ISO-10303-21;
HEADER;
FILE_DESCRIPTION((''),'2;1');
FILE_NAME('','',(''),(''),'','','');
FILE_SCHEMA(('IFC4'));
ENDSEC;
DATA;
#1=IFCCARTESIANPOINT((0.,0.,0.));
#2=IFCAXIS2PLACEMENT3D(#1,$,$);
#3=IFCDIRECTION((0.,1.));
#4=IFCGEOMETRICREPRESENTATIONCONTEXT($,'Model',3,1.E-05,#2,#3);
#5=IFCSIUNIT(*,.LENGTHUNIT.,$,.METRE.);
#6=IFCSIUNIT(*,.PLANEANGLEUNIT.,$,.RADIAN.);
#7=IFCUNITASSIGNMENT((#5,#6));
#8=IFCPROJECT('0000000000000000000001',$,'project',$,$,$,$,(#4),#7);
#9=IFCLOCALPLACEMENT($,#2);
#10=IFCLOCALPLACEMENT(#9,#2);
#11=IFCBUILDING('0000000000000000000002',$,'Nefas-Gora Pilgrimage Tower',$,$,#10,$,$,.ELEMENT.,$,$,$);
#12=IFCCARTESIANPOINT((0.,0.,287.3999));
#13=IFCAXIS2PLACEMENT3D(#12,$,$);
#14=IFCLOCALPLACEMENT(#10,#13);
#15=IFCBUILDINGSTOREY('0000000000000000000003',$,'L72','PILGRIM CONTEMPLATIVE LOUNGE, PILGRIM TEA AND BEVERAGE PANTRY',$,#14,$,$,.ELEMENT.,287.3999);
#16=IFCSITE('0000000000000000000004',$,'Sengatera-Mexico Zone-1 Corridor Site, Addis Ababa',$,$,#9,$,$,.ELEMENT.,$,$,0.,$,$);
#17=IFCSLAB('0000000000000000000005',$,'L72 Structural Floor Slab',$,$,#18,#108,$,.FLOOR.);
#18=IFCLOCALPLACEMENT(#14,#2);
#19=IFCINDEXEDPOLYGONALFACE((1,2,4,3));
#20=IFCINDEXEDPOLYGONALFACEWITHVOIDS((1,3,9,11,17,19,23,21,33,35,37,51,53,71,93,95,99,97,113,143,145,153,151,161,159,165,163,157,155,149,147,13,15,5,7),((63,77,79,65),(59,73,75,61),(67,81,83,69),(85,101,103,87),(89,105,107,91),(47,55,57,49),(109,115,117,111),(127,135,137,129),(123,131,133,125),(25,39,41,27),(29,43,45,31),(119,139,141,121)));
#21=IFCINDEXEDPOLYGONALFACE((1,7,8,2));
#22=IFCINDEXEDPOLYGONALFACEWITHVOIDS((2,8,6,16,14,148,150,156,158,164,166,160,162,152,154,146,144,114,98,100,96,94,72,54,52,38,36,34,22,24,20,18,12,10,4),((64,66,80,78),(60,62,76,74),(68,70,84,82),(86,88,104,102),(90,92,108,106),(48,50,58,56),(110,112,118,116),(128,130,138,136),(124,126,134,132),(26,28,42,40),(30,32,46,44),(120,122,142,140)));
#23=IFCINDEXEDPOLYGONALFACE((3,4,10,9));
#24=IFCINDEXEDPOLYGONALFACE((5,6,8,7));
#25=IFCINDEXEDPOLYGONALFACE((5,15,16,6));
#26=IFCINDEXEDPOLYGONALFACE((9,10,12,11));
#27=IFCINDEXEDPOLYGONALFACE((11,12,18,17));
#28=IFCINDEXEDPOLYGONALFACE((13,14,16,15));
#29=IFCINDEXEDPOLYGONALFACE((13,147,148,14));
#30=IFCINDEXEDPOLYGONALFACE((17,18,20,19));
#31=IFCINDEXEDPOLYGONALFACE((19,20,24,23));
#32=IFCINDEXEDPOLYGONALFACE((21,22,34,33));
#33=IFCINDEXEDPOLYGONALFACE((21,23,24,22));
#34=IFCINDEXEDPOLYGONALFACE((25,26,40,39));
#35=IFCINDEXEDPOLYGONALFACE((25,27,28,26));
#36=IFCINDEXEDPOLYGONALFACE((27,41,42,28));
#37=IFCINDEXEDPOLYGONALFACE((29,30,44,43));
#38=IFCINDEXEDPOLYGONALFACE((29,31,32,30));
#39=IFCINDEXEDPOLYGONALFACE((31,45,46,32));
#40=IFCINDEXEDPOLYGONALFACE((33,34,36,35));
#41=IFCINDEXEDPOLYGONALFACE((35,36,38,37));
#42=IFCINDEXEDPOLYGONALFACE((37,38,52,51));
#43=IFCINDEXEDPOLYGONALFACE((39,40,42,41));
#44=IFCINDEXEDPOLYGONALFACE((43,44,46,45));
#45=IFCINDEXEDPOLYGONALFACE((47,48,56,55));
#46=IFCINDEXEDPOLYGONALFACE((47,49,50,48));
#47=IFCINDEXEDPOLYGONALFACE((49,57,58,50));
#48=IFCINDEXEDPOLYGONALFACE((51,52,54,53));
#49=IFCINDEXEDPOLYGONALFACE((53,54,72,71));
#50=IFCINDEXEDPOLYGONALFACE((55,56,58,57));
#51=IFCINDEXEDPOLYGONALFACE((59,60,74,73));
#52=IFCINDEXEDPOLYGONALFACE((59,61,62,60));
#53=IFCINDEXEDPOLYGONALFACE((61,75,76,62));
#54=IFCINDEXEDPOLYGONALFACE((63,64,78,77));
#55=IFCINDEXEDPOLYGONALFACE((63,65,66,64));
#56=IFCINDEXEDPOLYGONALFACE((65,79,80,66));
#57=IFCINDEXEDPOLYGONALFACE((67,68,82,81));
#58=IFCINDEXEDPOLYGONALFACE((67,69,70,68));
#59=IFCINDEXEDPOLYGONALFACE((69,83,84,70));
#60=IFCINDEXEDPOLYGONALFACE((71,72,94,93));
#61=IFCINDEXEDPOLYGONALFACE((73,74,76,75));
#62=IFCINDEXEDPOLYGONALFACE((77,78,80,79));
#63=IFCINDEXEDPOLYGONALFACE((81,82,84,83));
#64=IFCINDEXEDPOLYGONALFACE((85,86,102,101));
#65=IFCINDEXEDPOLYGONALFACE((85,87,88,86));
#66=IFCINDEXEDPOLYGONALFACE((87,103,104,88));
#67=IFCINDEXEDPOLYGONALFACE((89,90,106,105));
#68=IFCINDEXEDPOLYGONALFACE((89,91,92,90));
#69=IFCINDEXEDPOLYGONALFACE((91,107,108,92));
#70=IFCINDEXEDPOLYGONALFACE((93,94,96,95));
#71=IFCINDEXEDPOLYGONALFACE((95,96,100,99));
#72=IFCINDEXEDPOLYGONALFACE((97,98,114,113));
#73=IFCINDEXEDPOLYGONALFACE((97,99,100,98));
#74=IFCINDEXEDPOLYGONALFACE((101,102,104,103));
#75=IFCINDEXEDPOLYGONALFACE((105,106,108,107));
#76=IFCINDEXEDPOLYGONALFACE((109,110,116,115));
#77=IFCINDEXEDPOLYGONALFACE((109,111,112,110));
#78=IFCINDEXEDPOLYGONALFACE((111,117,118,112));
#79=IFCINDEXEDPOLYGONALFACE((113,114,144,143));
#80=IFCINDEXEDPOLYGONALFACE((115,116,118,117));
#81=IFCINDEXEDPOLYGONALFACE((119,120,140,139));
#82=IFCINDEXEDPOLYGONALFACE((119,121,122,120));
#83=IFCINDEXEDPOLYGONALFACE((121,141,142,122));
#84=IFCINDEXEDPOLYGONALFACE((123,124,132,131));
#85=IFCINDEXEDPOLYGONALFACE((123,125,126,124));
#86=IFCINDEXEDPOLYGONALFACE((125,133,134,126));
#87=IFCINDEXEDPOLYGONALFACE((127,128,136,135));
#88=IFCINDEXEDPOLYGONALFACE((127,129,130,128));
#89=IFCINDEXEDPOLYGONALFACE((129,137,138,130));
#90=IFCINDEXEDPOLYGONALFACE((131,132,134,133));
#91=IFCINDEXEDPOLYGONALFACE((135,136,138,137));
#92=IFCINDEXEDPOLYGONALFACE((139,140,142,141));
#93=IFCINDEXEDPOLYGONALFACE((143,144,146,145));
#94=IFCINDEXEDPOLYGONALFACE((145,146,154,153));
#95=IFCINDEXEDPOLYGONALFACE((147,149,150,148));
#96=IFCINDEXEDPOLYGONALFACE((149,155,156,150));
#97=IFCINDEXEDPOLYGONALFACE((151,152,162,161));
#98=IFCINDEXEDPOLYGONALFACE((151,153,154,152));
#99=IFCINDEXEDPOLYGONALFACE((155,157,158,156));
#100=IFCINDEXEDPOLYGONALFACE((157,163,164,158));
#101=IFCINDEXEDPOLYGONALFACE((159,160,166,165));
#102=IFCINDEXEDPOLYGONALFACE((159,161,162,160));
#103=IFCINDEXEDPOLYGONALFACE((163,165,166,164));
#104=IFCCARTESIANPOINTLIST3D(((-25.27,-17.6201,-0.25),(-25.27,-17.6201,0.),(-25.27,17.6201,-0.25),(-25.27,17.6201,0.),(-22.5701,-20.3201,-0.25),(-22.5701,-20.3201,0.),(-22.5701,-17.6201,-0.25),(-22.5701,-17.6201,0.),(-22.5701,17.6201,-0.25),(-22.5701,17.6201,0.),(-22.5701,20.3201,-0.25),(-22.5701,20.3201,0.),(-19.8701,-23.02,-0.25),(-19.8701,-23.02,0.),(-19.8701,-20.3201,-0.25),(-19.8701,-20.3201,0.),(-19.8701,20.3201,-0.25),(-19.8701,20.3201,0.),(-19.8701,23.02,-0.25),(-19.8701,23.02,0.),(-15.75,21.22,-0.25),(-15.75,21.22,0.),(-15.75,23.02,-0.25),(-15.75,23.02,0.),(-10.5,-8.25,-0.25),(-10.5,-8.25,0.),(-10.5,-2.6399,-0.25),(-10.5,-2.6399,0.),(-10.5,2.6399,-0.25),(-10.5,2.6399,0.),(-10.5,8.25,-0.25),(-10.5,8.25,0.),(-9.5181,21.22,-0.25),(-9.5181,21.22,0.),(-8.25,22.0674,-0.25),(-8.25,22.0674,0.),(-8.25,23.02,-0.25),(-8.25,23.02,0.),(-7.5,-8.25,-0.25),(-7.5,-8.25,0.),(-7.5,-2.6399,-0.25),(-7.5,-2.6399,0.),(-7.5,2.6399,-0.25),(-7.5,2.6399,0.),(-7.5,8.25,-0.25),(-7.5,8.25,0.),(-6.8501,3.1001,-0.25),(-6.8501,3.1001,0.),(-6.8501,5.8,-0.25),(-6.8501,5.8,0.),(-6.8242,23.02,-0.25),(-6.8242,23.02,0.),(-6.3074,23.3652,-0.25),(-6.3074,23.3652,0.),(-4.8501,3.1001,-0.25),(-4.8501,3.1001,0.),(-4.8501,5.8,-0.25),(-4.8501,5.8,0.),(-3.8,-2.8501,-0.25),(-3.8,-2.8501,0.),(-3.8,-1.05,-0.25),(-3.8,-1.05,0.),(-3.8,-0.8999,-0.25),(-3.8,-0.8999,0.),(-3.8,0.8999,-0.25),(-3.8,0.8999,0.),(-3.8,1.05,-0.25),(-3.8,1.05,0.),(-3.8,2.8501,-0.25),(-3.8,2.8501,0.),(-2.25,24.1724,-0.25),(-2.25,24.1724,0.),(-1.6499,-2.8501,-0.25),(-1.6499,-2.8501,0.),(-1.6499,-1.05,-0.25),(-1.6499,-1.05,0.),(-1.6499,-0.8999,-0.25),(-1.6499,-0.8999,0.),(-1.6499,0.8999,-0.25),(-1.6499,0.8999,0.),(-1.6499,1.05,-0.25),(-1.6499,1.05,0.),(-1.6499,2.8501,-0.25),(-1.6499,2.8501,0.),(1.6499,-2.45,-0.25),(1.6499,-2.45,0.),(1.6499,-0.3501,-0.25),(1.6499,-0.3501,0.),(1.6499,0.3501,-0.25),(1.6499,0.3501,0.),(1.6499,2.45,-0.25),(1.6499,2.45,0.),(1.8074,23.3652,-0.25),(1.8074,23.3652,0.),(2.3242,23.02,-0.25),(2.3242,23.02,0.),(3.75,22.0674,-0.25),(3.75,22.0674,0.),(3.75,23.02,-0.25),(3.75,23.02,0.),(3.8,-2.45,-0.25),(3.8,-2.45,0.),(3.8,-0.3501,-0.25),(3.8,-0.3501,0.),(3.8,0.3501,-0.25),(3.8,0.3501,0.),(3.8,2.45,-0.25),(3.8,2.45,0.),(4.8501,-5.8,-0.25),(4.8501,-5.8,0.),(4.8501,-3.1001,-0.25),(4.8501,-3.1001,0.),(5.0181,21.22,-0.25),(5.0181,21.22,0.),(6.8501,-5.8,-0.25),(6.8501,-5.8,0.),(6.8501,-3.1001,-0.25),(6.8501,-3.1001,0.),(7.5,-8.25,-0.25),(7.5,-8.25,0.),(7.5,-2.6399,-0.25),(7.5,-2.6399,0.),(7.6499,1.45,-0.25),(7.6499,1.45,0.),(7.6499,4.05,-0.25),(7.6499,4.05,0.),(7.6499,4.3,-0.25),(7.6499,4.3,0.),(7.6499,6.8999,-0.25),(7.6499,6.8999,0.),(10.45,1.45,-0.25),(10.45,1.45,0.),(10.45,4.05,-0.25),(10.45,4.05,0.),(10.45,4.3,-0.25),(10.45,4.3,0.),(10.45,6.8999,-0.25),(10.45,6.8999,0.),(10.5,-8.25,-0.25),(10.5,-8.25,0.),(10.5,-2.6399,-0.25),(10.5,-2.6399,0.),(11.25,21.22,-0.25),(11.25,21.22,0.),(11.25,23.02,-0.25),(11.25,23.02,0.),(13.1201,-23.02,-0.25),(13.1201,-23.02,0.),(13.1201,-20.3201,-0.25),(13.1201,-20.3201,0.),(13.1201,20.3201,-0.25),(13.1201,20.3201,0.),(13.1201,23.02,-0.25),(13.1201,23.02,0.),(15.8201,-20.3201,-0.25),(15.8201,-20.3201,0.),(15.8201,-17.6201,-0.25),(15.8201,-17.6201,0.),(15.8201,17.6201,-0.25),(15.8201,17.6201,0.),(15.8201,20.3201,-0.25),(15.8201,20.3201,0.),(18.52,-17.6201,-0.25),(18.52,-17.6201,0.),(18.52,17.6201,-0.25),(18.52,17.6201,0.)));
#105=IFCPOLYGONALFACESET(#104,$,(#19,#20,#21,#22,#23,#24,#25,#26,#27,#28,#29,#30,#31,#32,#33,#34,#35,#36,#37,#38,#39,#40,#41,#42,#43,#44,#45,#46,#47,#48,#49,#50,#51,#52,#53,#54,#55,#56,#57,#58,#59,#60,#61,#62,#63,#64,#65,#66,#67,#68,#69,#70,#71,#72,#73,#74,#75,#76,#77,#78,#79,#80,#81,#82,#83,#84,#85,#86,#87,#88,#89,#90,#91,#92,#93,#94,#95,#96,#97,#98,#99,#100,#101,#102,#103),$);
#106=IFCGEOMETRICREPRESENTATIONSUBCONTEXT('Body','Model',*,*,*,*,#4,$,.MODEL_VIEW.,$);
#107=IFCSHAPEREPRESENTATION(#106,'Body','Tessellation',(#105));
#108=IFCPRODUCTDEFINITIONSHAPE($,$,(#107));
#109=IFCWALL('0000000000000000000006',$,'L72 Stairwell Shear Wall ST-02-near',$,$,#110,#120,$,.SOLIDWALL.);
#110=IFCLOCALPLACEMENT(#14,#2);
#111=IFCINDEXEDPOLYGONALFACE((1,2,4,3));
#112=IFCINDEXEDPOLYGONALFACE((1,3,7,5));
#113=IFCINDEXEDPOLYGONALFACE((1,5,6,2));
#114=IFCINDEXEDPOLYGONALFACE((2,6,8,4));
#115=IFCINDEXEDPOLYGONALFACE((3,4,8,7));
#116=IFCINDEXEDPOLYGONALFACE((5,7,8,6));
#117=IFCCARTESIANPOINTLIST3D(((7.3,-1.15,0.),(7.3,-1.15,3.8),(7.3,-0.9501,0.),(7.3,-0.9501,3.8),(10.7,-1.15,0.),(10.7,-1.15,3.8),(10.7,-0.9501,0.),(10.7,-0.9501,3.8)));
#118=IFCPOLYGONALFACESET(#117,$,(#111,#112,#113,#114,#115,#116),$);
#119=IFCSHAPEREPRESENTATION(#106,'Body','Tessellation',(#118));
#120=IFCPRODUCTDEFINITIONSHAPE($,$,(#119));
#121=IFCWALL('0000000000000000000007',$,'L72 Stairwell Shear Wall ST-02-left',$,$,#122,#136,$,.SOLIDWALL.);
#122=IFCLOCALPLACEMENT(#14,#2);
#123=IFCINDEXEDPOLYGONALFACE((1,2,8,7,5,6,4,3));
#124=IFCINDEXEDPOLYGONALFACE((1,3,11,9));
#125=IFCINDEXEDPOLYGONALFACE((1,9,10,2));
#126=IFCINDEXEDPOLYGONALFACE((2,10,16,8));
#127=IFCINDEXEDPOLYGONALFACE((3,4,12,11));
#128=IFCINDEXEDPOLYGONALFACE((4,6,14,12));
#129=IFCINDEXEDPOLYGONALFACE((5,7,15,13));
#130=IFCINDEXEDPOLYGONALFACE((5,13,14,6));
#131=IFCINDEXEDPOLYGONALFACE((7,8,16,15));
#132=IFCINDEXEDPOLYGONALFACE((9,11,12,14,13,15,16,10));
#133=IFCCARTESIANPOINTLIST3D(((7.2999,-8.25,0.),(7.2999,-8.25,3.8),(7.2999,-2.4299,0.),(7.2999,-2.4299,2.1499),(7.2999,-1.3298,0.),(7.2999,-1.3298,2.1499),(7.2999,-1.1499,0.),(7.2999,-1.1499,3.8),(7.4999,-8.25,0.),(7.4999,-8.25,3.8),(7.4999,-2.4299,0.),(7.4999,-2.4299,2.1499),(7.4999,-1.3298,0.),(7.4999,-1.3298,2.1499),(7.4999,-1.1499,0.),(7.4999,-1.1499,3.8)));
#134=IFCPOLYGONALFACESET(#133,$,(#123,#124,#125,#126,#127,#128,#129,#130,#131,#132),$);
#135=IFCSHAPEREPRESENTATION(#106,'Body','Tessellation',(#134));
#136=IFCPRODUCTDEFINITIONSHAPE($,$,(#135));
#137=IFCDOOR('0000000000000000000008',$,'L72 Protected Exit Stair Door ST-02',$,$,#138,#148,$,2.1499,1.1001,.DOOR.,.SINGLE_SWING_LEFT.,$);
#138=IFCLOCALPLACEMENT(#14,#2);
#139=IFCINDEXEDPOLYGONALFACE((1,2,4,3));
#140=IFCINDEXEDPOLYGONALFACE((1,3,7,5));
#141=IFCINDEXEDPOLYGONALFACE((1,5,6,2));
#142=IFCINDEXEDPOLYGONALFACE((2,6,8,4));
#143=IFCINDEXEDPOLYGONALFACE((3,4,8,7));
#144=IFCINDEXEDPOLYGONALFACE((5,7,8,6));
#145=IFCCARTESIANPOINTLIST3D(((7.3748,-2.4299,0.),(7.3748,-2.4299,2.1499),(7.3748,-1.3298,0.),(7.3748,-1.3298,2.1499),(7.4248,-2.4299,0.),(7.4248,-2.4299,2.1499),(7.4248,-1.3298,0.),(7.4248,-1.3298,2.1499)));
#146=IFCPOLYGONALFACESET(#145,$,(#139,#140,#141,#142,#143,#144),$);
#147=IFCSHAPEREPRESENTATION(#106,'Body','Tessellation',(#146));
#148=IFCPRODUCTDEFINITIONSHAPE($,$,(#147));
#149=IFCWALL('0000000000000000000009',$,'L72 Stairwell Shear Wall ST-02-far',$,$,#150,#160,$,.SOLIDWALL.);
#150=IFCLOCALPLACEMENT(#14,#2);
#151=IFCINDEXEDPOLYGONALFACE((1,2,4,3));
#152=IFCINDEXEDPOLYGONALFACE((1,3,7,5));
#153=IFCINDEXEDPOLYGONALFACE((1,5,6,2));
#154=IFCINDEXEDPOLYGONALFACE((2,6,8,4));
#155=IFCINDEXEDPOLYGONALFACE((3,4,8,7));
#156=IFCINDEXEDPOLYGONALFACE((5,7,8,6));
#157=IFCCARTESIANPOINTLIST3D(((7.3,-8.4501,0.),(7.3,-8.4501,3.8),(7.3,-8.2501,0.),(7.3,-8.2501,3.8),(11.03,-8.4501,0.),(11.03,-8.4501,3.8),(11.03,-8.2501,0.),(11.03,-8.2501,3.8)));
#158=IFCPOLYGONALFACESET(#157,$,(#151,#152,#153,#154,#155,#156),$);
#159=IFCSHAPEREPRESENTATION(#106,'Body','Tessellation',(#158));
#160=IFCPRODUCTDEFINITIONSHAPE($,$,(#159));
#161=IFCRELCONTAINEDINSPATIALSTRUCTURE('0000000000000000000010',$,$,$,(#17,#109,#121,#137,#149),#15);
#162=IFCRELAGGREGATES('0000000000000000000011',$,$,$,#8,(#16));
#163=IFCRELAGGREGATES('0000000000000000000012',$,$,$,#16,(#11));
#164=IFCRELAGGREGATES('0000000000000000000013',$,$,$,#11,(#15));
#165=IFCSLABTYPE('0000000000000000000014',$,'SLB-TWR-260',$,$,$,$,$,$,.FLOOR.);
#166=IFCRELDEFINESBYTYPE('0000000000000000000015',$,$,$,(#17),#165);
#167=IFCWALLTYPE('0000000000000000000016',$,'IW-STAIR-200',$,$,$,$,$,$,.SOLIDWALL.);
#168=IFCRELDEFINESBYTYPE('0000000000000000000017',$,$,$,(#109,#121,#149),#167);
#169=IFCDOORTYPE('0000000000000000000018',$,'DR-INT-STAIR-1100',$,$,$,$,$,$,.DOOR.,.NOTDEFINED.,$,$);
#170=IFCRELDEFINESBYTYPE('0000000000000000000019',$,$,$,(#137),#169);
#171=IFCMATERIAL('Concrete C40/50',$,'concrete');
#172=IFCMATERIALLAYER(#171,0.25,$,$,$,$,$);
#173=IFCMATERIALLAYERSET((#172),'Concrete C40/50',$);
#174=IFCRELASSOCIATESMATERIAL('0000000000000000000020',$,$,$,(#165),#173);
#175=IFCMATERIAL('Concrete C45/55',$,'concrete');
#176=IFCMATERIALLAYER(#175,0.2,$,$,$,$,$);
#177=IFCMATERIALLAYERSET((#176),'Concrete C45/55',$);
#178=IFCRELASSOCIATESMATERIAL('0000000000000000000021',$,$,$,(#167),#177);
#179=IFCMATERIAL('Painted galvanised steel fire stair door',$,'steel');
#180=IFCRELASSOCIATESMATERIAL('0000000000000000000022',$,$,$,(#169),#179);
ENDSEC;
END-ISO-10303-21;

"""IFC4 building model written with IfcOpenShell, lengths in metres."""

from ifc_helpers import new_model, si_unit, direction, frame, frame_2d, origin, place, context, subcontext, project, spatial, polyline, rectangle, outline, extrude, source, transform, mapped, material, layer, layer_set, type_object, element, fill, save


model = new_model("IFC4")

# Units and contexts
model_context = context("Model", 3, precision=1e-05, world=origin(), true_north=direction((0.0, 1.0)))
body_context = subcontext(model_context, "Body", "Model", "MODEL_VIEW")
ifc_project = project(units=[si_unit("LENGTHUNIT", "METRE"), si_unit("PLANEANGLEUNIT", "RADIAN")], contexts=[model_context])

# Site, building, storey
site_placement = place(None, origin())
site = spatial("IfcSite", under=ifc_project, at=site_placement, Name="Sengatera-Mexico Zone-1 Corridor Site, Addis Ababa", CompositionType="ELEMENT", RefElevation=0.0)
building_placement = place(site_placement, origin())
building = spatial("IfcBuilding", under=site, at=building_placement, Name="Nefas-Gora Pilgrimage Tower", CompositionType="ELEMENT")
storey_placement = place(building_placement, frame((0.0, 0.0, 287.3999)))
storey = spatial("IfcBuildingStorey", under=building, at=storey_placement, Name="L72", Description="PILGRIM CONTEMPLATIVE LOUNGE, PILGRIM TEA AND BEVERAGE PANTRY", CompositionType="ELEMENT", Elevation=287.3999)

# Slab
ifc_material_1 = material(Name="Concrete C40/50", Category="concrete")
ifc_layer_1 = layer(ifc_material_1, 0.25)
ifc_layer_set_1 = layer_set([ifc_layer_1], Name="Concrete C40/50")
slab_type_1 = type_object("IfcSlabType", Name="SLB-TWR-260", PredefinedType="FLOOR", material=ifc_layer_set_1)
slab_1_placement = place(storey_placement, frame((0.0, 0.0, -0.25)))
element("IfcSlab", 1, at=slab_1_placement, inside=storey, type_object=slab_type_1, Name="L72 Structural Floor Slab", PredefinedType="FLOOR", context=body_context, shape_type="SweptSolid", body=[
    extrude(outline(polyline([(15.8201, -17.6201), (18.52, -17.6201), (18.52, 17.6201), (15.8201, 17.6201), (15.8201, 20.3201), (13.1201, 20.3201), (13.1201, 23.02), (11.25, 23.02), (11.25, 21.22), (5.0181, 21.22), (3.75, 22.0674), (3.75, 23.02), (2.3242, 23.02), (1.8074, 23.3652), (-2.25, 24.1724), (-6.3074, 23.3652), (-6.8242, 23.02), (-8.25, 23.02), (-8.25, 22.0674), (-9.5181, 21.22), (-15.75, 21.22), (-15.75, 23.02), (-19.8701, 23.02), (-19.8701, 20.3201), (-22.5701, 20.3201), (-22.5701, 17.6201), (-25.27, 17.6201), (-25.27, -17.6201), (-22.5701, -17.6201), (-22.5701, -20.3201), (-19.8701, -20.3201), (-19.8701, -23.02), (13.1201, -23.02), (13.1201, -20.3201), (15.8201, -20.3201), (15.8201, -17.6201)]), holes=[polyline([(-10.5, 2.6399), (-10.5, 8.25), (-7.5, 8.25), (-7.5, 2.6399), (-10.5, 2.6399)]), polyline([(10.5, -2.6399), (10.5, -8.25), (7.5, -8.25), (7.5, -2.6399), (10.5, -2.6399)]), polyline([(-7.5, -2.6399), (-7.5, -8.25), (-10.5, -8.25), (-10.5, -2.6399), (-7.5, -2.6399)]), polyline([(-6.8501, 5.8), (-4.8501, 5.8), (-4.8501, 3.1001), (-6.8501, 3.1001), (-6.8501, 5.8)]), polyline([(4.8501, -3.1001), (6.8501, -3.1001), (6.8501, -5.8), (4.8501, -5.8), (4.8501, -3.1001)]), polyline([(7.6499, 4.05), (10.45, 4.05), (10.45, 1.45), (7.6499, 1.45), (7.6499, 4.05)]), polyline([(7.6499, 6.8999), (10.45, 6.8999), (10.45, 4.3), (7.6499, 4.3), (7.6499, 6.8999)]), polyline([(-3.8, -1.05), (-1.6499, -1.05), (-1.6499, -2.8501), (-3.8, -2.8501), (-3.8, -1.05)]), polyline([(-3.8, 0.8999), (-1.6499, 0.8999), (-1.6499, -0.8999), (-3.8, -0.8999), (-3.8, 0.8999)]), polyline([(-3.8, 2.8501), (-1.6499, 2.8501), (-1.6499, 1.05), (-3.8, 1.05), (-3.8, 2.8501)]), polyline([(1.6499, -0.3501), (3.8, -0.3501), (3.8, -2.45), (1.6499, -2.45), (1.6499, -0.3501)]), polyline([(1.6499, 2.45), (3.8, 2.45), (3.8, 0.3501), (1.6499, 0.3501), (1.6499, 2.45)])]), origin(), (0.0, 0.0, 1.0), 0.25),
])

# Wall
ifc_material_2 = material(Name="Concrete C45/55", Category="concrete")
ifc_layer_2 = layer(ifc_material_2, 0.2)
ifc_layer_set_2 = layer_set([ifc_layer_2], Name="Concrete C45/55")
wall_type_1 = type_object("IfcWallType", Name="IW-STAIR-200", PredefinedType="SOLIDWALL", material=ifc_layer_set_2)
shared_shape_1 = source(origin(), body_context, "Body", "SweptSolid", [
    extrude(rectangle(XDim=3.3999, YDim=0.2, at=frame_2d((1.7, 0.0))), origin(), (0.0, 0.0, 1.0), 3.8),
])
wall_1_placement = place(storey_placement, frame((7.3, -1.05, 0.0), z_axis=(0.0, 0.0, 1.0), x_axis=(1.0, 0.0, 0.0)))
element("IfcWall", 2, at=wall_1_placement, inside=storey, type_object=wall_type_1, Name="L72 Stairwell Shear Wall ST-02-near", PredefinedType="SOLIDWALL", context=body_context, shape_type="MappedRepresentation", body=[
    mapped(shared_shape_1, transform((0.0, 0.0, 0.0), x_axis=(1.0, 0.0, 0.0), y_axis=(0.0, 1.0, 0.0), z_axis=(0.0, 0.0, 1.0), scale=1.0)),
])

# Wall, opening, door
shared_shape_2 = source(origin(), body_context, "Body", "SweptSolid", [
    extrude(rectangle(XDim=7.1001, YDim=0.2, at=frame_2d((3.55, 0.0))), origin(), (0.0, 0.0, 1.0), 3.8),
])
wall_2_placement = place(storey_placement, frame((7.3999, -1.1499, 0.0), z_axis=(0.0, 0.0, 1.0), x_axis=(0.0, -1.0, 0.0)))
wall_2 = element("IfcWall", 3, at=wall_2_placement, inside=storey, type_object=wall_type_1, Name="L72 Stairwell Shear Wall ST-02-left", PredefinedType="SOLIDWALL", context=body_context, shape_type="MappedRepresentation", body=[
    mapped(shared_shape_2, transform((0.0, 0.0, 0.0), x_axis=(1.0, 0.0, 0.0), y_axis=(0.0, 1.0, 0.0), z_axis=(0.0, 0.0, 1.0), scale=1.0)),
])
opening_1_placement = place(wall_2_placement, frame((0.1799, 0.0, 0.0)))
opening_1 = element("IfcOpeningElement", 4, at=opening_1_placement, cuts=wall_2, PredefinedType="OPENING", context=body_context, shape_type="SweptSolid", body=[
    extrude(rectangle(XDim=1.1001, YDim=2.1499, at=frame_2d((0.55, 1.075))), frame((0.0, 0.1099, 0.0), z_axis=(0.0, -1.0, 0.0), x_axis=(1.0, 0.0, 0.0)), (0.0, 0.0, 1.0), 0.22),
])
ifc_material_3 = material(Name="Painted galvanised steel fire stair door", Category="steel")
door_type_1 = type_object("IfcDoorType", Name="DR-INT-STAIR-1100", OperationType="NOTDEFINED", PredefinedType="DOOR", material=ifc_material_3)
shared_shape_3 = source(origin(), body_context, "Body", "SweptSolid", [
    extrude(rectangle(XDim=1.1001, YDim=2.1499, at=frame_2d((0.55, 1.075))), frame((0.0, 0.0249, 0.0), z_axis=(0.0, -1.0, 0.0), x_axis=(1.0, 0.0, 0.0)), (0.0, 0.0, 1.0), 0.05),
])
door_1_placement = place(opening_1_placement, origin())
door_1 = element("IfcDoor", 5, at=door_1_placement, inside=storey, type_object=door_type_1, Name="L72 Protected Exit Stair Door ST-02", OperationType="SINGLE_SWING_LEFT", OverallHeight=2.1499, OverallWidth=1.1001, PredefinedType="DOOR", context=body_context, shape_type="MappedRepresentation", body=[
    mapped(shared_shape_3, transform((0.0, 0.0, 0.0), x_axis=(1.0, 0.0, 0.0), y_axis=(0.0, 1.0, 0.0), z_axis=(0.0, 0.0, 1.0), scale=1.0)),
])
fill(opening_1, door_1)

# Wall
shared_shape_4 = source(origin(), body_context, "Body", "SweptSolid", [
    extrude(rectangle(XDim=3.73, YDim=0.2, at=frame_2d((1.865, 0.0))), origin(), (0.0, 0.0, 1.0), 3.8),
])
wall_3_placement = place(storey_placement, frame((7.3, -8.3501, 0.0), z_axis=(0.0, 0.0, 1.0), x_axis=(1.0, 0.0, 0.0)))
element("IfcWall", 6, at=wall_3_placement, inside=storey, type_object=wall_type_1, Name="L72 Stairwell Shear Wall ST-02-far", PredefinedType="SOLIDWALL", context=body_context, shape_type="MappedRepresentation", body=[
    mapped(shared_shape_4, transform((0.0, 0.0, 0.0), x_axis=(1.0, 0.0, 0.0), y_axis=(0.0, 1.0, 0.0), z_axis=(0.0, 0.0, 1.0), scale=1.0)),
])

save(model, "model.ifc")
